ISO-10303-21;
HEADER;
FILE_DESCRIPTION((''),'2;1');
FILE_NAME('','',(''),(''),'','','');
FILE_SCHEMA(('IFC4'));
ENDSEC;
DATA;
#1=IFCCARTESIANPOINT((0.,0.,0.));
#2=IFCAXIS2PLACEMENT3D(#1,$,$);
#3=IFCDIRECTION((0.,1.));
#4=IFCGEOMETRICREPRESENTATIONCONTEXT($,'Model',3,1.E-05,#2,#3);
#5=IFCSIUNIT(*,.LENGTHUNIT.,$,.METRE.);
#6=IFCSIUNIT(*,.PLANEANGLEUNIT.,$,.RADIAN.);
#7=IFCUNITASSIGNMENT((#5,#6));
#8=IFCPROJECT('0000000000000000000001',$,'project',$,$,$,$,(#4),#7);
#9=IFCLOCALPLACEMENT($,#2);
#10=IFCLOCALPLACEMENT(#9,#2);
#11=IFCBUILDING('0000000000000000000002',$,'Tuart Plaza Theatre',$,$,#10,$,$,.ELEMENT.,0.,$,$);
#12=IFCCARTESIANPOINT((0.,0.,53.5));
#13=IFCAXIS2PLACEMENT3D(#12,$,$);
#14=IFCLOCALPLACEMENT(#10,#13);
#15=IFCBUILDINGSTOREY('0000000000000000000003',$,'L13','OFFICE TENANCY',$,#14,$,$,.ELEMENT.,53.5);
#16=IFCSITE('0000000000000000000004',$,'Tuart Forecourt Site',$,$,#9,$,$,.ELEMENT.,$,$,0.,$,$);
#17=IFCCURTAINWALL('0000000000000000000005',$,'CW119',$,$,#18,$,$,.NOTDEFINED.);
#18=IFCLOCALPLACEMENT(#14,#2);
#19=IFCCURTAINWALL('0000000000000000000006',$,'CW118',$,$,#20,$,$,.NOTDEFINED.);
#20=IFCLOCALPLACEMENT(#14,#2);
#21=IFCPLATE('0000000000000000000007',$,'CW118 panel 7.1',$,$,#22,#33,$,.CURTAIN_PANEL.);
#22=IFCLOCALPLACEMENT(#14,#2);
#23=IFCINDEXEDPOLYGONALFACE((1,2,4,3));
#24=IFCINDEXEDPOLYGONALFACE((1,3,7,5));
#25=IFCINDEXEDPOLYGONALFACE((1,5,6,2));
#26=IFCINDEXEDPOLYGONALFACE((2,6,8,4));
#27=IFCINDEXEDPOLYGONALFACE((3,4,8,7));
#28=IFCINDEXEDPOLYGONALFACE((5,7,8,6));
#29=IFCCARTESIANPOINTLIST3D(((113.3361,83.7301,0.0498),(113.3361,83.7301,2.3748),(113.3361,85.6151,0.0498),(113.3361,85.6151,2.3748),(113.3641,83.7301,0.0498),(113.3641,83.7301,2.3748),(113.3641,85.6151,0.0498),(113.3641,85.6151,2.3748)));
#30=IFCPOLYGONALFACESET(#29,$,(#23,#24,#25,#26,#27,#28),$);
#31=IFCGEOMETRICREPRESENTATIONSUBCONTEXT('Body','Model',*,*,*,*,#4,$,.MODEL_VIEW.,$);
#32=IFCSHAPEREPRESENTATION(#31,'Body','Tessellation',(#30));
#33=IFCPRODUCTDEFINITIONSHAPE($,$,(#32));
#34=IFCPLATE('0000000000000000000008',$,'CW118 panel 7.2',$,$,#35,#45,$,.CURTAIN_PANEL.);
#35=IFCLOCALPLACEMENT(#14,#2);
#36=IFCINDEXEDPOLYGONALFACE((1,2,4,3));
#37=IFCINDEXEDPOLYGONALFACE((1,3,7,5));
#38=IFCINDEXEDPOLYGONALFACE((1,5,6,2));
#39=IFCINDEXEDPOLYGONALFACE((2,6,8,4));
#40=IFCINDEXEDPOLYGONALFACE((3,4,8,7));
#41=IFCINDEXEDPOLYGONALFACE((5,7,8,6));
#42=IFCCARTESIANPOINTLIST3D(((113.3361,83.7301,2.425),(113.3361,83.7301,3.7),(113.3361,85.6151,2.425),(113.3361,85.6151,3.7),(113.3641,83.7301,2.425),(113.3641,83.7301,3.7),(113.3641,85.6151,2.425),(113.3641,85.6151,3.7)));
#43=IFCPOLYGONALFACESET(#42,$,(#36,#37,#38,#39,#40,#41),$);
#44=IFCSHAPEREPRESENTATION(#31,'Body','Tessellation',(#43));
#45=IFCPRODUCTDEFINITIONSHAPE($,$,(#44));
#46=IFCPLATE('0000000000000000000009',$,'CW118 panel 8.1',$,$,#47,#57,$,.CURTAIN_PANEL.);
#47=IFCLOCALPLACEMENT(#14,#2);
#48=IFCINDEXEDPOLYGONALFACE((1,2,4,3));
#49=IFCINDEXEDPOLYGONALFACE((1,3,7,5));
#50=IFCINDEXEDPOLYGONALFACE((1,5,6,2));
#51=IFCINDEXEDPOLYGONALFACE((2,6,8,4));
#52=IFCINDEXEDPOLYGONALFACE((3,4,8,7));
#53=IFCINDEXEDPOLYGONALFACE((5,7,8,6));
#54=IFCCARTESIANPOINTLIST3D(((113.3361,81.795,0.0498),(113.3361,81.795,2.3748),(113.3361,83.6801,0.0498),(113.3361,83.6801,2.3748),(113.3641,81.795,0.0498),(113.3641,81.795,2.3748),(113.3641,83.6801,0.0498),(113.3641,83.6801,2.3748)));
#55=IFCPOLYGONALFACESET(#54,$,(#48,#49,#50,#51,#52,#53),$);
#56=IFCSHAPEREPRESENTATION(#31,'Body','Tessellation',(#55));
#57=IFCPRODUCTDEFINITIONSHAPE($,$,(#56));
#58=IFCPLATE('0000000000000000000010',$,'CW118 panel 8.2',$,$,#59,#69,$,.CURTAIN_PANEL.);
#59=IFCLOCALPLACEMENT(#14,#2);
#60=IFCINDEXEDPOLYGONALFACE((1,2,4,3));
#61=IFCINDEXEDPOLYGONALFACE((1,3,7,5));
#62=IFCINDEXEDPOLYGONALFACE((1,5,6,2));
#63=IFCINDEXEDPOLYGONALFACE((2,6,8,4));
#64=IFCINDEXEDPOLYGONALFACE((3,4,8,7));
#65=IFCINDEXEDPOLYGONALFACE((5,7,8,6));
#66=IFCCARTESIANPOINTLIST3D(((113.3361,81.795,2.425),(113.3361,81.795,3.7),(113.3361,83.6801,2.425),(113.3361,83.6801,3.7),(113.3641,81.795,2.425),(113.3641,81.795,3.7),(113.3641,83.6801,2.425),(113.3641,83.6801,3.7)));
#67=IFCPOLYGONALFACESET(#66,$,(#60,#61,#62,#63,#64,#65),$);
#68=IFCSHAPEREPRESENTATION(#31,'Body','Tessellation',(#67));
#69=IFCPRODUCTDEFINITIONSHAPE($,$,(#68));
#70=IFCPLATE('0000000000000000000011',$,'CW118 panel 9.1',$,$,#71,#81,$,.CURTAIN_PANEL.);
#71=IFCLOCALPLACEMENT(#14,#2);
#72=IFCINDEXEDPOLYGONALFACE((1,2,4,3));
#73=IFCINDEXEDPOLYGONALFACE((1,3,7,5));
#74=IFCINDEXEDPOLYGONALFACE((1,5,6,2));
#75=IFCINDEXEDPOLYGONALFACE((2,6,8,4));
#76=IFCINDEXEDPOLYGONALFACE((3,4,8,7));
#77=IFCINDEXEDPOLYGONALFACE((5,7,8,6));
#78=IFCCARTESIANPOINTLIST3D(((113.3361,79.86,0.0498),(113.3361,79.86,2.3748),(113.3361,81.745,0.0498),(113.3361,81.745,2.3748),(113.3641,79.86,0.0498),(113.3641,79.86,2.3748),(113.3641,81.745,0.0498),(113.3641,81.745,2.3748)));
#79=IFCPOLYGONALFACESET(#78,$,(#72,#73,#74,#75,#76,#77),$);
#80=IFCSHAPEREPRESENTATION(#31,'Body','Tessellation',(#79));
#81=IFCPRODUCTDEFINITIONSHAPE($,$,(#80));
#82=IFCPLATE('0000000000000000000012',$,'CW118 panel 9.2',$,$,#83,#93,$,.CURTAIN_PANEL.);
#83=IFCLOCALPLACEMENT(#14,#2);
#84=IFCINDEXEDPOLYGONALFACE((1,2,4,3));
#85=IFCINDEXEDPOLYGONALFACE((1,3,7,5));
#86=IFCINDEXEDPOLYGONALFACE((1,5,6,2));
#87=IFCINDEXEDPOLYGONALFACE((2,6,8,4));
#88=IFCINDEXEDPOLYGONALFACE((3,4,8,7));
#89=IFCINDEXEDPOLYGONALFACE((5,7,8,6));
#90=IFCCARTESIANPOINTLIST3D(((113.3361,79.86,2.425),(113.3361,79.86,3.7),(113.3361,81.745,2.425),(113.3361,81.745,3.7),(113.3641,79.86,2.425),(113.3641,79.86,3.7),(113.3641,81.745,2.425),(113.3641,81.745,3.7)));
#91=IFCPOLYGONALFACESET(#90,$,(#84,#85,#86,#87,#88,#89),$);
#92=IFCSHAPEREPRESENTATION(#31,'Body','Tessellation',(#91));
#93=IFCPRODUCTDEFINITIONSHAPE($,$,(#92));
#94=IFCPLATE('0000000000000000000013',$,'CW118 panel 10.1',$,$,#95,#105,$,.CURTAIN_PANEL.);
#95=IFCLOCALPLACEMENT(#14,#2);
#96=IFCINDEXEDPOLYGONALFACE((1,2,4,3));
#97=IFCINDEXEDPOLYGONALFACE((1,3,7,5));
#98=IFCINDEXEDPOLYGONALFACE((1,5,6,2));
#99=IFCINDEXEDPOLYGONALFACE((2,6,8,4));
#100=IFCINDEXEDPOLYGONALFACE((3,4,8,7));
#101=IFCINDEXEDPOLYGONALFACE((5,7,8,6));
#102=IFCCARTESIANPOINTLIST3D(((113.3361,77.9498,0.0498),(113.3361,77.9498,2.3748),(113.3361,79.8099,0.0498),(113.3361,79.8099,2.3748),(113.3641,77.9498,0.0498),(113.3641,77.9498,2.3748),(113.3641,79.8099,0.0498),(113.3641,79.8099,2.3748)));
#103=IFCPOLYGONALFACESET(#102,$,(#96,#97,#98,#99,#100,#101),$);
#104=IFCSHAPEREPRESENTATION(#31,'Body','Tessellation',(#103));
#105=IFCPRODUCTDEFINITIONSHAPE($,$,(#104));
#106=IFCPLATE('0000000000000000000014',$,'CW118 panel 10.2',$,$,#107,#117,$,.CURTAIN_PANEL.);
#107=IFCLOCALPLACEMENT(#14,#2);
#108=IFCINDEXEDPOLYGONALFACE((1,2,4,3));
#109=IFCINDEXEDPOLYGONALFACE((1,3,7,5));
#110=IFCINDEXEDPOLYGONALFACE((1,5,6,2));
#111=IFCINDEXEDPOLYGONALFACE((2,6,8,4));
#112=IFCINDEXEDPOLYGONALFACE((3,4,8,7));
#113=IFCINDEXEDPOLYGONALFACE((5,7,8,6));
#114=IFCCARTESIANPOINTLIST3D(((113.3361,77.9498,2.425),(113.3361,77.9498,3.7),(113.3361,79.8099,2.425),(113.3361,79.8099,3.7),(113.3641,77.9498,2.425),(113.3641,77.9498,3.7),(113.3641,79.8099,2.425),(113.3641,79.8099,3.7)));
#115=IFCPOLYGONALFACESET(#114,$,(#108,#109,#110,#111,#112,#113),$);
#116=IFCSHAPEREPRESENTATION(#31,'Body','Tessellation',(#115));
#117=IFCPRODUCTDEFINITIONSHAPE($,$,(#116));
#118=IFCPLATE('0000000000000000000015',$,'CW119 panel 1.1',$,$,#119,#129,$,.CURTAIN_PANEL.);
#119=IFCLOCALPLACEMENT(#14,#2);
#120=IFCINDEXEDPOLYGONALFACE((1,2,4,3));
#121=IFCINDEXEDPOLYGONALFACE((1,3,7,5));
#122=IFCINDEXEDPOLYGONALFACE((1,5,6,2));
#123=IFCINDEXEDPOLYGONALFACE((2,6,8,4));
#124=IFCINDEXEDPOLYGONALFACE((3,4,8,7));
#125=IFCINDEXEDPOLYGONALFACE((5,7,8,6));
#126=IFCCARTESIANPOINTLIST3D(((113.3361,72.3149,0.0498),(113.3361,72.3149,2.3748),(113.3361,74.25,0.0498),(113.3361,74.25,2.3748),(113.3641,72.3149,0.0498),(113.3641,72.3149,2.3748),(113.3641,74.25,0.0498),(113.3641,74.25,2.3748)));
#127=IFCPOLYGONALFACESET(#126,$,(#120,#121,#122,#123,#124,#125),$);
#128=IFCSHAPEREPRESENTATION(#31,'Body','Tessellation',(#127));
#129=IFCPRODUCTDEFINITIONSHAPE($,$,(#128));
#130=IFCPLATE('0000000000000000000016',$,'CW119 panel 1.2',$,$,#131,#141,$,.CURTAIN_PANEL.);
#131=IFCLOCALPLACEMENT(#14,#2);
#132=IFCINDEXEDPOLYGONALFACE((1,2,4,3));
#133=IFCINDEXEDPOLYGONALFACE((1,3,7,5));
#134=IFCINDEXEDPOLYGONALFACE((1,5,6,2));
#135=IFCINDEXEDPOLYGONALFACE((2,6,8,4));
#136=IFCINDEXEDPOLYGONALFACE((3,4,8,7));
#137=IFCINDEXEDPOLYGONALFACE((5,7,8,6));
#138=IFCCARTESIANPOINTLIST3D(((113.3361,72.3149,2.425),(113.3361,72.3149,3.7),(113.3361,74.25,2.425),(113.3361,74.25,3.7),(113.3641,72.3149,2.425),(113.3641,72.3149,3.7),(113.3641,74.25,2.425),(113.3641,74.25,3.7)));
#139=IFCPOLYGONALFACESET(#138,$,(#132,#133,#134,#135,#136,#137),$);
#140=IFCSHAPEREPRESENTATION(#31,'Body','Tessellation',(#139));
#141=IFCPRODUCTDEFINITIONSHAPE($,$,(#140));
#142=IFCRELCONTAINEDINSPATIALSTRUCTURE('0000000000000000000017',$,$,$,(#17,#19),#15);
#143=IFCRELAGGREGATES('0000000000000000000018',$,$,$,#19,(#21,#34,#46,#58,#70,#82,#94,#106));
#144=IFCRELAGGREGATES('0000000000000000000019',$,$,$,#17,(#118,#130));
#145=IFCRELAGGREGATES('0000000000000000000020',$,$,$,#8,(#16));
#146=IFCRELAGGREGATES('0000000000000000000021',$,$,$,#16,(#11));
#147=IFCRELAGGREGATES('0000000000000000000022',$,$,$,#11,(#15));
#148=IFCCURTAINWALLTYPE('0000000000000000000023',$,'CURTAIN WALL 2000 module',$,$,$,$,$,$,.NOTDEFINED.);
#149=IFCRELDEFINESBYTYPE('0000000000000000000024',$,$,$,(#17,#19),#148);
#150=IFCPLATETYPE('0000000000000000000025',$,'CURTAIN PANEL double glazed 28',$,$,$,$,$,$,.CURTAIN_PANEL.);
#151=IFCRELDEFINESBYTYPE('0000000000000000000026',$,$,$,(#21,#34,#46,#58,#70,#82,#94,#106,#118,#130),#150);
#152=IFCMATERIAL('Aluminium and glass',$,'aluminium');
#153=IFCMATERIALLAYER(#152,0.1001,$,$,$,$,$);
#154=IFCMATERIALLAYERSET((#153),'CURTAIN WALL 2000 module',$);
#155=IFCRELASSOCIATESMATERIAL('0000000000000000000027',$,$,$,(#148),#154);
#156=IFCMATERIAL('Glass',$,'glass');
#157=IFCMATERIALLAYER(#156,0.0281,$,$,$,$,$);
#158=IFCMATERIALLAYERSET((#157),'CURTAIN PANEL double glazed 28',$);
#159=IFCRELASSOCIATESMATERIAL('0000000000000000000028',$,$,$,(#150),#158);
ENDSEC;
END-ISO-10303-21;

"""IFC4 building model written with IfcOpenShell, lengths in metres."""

from ifc_helpers import new_model, si_unit, direction, frame, origin, origin_2d, place, context, subcontext, project, spatial, rectangle, extrude, material, layer, layer_set, type_object, element, aggregate, save


model = new_model("IFC4")

# Units and contexts
model_context = context("Model", 3, precision=1e-05, world=origin(), true_north=direction((0.0, 1.0)))
body_context = subcontext(model_context, "Body", "Model", "MODEL_VIEW")
ifc_project = project(units=[si_unit("LENGTHUNIT", "METRE"), si_unit("PLANEANGLEUNIT", "RADIAN")], contexts=[model_context])

# Site, building, storey
site_placement = place(None, origin())
site = spatial("IfcSite", under=ifc_project, at=site_placement, Name="Tuart Forecourt Site", CompositionType="ELEMENT", RefElevation=0.0)
building_placement = place(site_placement, origin())
building = spatial("IfcBuilding", under=site, at=building_placement, Name="Tuart Plaza Theatre", CompositionType="ELEMENT", ElevationOfRefHeight=0.0)
storey_placement = place(building_placement, frame((0.0, 0.0, 53.5)))
storey = spatial("IfcBuildingStorey", under=building, at=storey_placement, Name="L13", Description="OFFICE TENANCY", CompositionType="ELEMENT", Elevation=53.5)

# Curtain walls
ifc_material_1 = material(Name="Aluminium and glass", Category="aluminium")
ifc_layer_1 = layer(ifc_material_1, 0.1001)
ifc_layer_set_1 = layer_set([ifc_layer_1], Name="CURTAIN WALL 2000 module")
curtain_wall_type = type_object("IfcCurtainWallType", Name="CURTAIN WALL 2000 module", PredefinedType="NOTDEFINED", material=ifc_layer_set_1)
curtain_wall_1_placement = place(storey_placement, origin())
curtain_wall_1 = element("IfcCurtainWall", 1, at=curtain_wall_1_placement, inside=storey, type_object=curtain_wall_type, Name="CW119", PredefinedType="NOTDEFINED")
curtain_wall_2_placement = place(storey_placement, origin())
curtain_wall_2 = element("IfcCurtainWall", 2, at=curtain_wall_2_placement, inside=storey, type_object=curtain_wall_type, Name="CW118", PredefinedType="NOTDEFINED")

# Plates
ifc_material_2 = material(Name="Glass", Category="glass")
ifc_layer_2 = layer(ifc_material_2, 0.0281)
ifc_layer_set_2 = layer_set([ifc_layer_2], Name="CURTAIN PANEL double glazed 28")
plate_type = type_object("IfcPlateType", Name="CURTAIN PANEL double glazed 28", PredefinedType="CURTAIN_PANEL", material=ifc_layer_set_2)
plate_1_placement = place(storey_placement, frame((113.3501, 84.6726, 0.0498), z_axis=(0.0, 0.0, 1.0), x_axis=(0.0, -1.0, 0.0)))
plate_1 = element("IfcPlate", 3, at=plate_1_placement, type_object=plate_type, Name="CW118 panel 7.1", PredefinedType="CURTAIN_PANEL", context=body_context, shape_type="SweptSolid", body=[
    extrude(rectangle(XDim=1.885, YDim=0.0281, at=origin_2d()), origin(), (0.0, 0.0, 1.0), 2.325),
])
plate_2_placement = place(storey_placement, frame((113.3501, 84.6726, 2.425), z_axis=(0.0, 0.0, 1.0), x_axis=(0.0, -1.0, 0.0)))
plate_2 = element("IfcPlate", 4, at=plate_2_placement, type_object=plate_type, Name="CW118 panel 7.2", PredefinedType="CURTAIN_PANEL", context=body_context, shape_type="SweptSolid", body=[
    extrude(rectangle(XDim=1.885, YDim=0.0281, at=origin_2d()), origin(), (0.0, 0.0, 1.0), 1.2749),
])
plate_3_placement = place(storey_placement, frame((113.3501, 82.7375, 0.0498), z_axis=(0.0, 0.0, 1.0), x_axis=(0.0, -1.0, 0.0)))
plate_3 = element("IfcPlate", 5, at=plate_3_placement, type_object=plate_type, Name="CW118 panel 8.1", PredefinedType="CURTAIN_PANEL", context=body_context, shape_type="SweptSolid", body=[
    extrude(rectangle(XDim=1.885, YDim=0.0281, at=origin_2d()), origin(), (0.0, 0.0, 1.0), 2.325),
])
plate_4_placement = place(storey_placement, frame((113.3501, 82.7375, 2.425), z_axis=(0.0, 0.0, 1.0), x_axis=(0.0, -1.0, 0.0)))
plate_4 = element("IfcPlate", 6, at=plate_4_placement, type_object=plate_type, Name="CW118 panel 8.2", PredefinedType="CURTAIN_PANEL", context=body_context, shape_type="SweptSolid", body=[
    extrude(rectangle(XDim=1.885, YDim=0.0281, at=origin_2d()), origin(), (0.0, 0.0, 1.0), 1.2749),
])
plate_5_placement = place(storey_placement, frame((113.3501, 80.8025, 0.0498), z_axis=(0.0, 0.0, 1.0), x_axis=(0.0, -1.0, 0.0)))
plate_5 = element("IfcPlate", 7, at=plate_5_placement, type_object=plate_type, Name="CW118 panel 9.1", PredefinedType="CURTAIN_PANEL", context=body_context, shape_type="SweptSolid", body=[
    extrude(rectangle(XDim=1.885, YDim=0.0281, at=origin_2d()), origin(), (0.0, 0.0, 1.0), 2.325),
])
plate_6_placement = place(storey_placement, frame((113.3501, 80.8025, 2.425), z_axis=(0.0, 0.0, 1.0), x_axis=(0.0, -1.0, 0.0)))
plate_6 = element("IfcPlate", 8, at=plate_6_placement, type_object=plate_type, Name="CW118 panel 9.2", PredefinedType="CURTAIN_PANEL", context=body_context, shape_type="SweptSolid", body=[
    extrude(rectangle(XDim=1.885, YDim=0.0281, at=origin_2d()), origin(), (0.0, 0.0, 1.0), 1.2749),
])
plate_7_placement = place(storey_placement, frame((113.3501, 78.8799, 0.0498), z_axis=(0.0, 0.0, 1.0), x_axis=(0.0, -1.0, 0.0)))
plate_7 = element("IfcPlate", 9, at=plate_7_placement, type_object=plate_type, Name="CW118 panel 10.1", PredefinedType="CURTAIN_PANEL", context=body_context, shape_type="SweptSolid", body=[
    extrude(rectangle(XDim=1.8601, YDim=0.0281, at=origin_2d()), origin(), (0.0, 0.0, 1.0), 2.325),
])
plate_8_placement = place(storey_placement, frame((113.3501, 78.8799, 2.425), z_axis=(0.0, 0.0, 1.0), x_axis=(0.0, -1.0, 0.0)))
plate_8 = element("IfcPlate", 10, at=plate_8_placement, type_object=plate_type, Name="CW118 panel 10.2", PredefinedType="CURTAIN_PANEL", context=body_context, shape_type="SweptSolid", body=[
    extrude(rectangle(XDim=1.8601, YDim=0.0281, at=origin_2d()), origin(), (0.0, 0.0, 1.0), 1.2749),
])
aggregate(curtain_wall_2, [plate_1, plate_2, plate_3, plate_4, plate_5, plate_6, plate_7, plate_8])
plate_9_placement = place(storey_placement, frame((113.3501, 73.2825, 0.0498), z_axis=(0.0, 0.0, 1.0), x_axis=(0.0, -1.0, 0.0)))
plate_9 = element("IfcPlate", 11, at=plate_9_placement, type_object=plate_type, Name="CW119 panel 1.1", PredefinedType="CURTAIN_PANEL", context=body_context, shape_type="SweptSolid", body=[
    extrude(rectangle(XDim=1.9351, YDim=0.0281, at=origin_2d()), origin(), (0.0, 0.0, 1.0), 2.325),
])
plate_10_placement = place(storey_placement, frame((113.3501, 73.2825, 2.425), z_axis=(0.0, 0.0, 1.0), x_axis=(0.0, -1.0, 0.0)))
plate_10 = element("IfcPlate", 12, at=plate_10_placement, type_object=plate_type, Name="CW119 panel 1.2", PredefinedType="CURTAIN_PANEL", context=body_context, shape_type="SweptSolid", body=[
    extrude(rectangle(XDim=1.9351, YDim=0.0281, at=origin_2d()), origin(), (0.0, 0.0, 1.0), 1.2749),
])
aggregate(curtain_wall_1, [plate_9, plate_10])

save(model, "model.ifc")
